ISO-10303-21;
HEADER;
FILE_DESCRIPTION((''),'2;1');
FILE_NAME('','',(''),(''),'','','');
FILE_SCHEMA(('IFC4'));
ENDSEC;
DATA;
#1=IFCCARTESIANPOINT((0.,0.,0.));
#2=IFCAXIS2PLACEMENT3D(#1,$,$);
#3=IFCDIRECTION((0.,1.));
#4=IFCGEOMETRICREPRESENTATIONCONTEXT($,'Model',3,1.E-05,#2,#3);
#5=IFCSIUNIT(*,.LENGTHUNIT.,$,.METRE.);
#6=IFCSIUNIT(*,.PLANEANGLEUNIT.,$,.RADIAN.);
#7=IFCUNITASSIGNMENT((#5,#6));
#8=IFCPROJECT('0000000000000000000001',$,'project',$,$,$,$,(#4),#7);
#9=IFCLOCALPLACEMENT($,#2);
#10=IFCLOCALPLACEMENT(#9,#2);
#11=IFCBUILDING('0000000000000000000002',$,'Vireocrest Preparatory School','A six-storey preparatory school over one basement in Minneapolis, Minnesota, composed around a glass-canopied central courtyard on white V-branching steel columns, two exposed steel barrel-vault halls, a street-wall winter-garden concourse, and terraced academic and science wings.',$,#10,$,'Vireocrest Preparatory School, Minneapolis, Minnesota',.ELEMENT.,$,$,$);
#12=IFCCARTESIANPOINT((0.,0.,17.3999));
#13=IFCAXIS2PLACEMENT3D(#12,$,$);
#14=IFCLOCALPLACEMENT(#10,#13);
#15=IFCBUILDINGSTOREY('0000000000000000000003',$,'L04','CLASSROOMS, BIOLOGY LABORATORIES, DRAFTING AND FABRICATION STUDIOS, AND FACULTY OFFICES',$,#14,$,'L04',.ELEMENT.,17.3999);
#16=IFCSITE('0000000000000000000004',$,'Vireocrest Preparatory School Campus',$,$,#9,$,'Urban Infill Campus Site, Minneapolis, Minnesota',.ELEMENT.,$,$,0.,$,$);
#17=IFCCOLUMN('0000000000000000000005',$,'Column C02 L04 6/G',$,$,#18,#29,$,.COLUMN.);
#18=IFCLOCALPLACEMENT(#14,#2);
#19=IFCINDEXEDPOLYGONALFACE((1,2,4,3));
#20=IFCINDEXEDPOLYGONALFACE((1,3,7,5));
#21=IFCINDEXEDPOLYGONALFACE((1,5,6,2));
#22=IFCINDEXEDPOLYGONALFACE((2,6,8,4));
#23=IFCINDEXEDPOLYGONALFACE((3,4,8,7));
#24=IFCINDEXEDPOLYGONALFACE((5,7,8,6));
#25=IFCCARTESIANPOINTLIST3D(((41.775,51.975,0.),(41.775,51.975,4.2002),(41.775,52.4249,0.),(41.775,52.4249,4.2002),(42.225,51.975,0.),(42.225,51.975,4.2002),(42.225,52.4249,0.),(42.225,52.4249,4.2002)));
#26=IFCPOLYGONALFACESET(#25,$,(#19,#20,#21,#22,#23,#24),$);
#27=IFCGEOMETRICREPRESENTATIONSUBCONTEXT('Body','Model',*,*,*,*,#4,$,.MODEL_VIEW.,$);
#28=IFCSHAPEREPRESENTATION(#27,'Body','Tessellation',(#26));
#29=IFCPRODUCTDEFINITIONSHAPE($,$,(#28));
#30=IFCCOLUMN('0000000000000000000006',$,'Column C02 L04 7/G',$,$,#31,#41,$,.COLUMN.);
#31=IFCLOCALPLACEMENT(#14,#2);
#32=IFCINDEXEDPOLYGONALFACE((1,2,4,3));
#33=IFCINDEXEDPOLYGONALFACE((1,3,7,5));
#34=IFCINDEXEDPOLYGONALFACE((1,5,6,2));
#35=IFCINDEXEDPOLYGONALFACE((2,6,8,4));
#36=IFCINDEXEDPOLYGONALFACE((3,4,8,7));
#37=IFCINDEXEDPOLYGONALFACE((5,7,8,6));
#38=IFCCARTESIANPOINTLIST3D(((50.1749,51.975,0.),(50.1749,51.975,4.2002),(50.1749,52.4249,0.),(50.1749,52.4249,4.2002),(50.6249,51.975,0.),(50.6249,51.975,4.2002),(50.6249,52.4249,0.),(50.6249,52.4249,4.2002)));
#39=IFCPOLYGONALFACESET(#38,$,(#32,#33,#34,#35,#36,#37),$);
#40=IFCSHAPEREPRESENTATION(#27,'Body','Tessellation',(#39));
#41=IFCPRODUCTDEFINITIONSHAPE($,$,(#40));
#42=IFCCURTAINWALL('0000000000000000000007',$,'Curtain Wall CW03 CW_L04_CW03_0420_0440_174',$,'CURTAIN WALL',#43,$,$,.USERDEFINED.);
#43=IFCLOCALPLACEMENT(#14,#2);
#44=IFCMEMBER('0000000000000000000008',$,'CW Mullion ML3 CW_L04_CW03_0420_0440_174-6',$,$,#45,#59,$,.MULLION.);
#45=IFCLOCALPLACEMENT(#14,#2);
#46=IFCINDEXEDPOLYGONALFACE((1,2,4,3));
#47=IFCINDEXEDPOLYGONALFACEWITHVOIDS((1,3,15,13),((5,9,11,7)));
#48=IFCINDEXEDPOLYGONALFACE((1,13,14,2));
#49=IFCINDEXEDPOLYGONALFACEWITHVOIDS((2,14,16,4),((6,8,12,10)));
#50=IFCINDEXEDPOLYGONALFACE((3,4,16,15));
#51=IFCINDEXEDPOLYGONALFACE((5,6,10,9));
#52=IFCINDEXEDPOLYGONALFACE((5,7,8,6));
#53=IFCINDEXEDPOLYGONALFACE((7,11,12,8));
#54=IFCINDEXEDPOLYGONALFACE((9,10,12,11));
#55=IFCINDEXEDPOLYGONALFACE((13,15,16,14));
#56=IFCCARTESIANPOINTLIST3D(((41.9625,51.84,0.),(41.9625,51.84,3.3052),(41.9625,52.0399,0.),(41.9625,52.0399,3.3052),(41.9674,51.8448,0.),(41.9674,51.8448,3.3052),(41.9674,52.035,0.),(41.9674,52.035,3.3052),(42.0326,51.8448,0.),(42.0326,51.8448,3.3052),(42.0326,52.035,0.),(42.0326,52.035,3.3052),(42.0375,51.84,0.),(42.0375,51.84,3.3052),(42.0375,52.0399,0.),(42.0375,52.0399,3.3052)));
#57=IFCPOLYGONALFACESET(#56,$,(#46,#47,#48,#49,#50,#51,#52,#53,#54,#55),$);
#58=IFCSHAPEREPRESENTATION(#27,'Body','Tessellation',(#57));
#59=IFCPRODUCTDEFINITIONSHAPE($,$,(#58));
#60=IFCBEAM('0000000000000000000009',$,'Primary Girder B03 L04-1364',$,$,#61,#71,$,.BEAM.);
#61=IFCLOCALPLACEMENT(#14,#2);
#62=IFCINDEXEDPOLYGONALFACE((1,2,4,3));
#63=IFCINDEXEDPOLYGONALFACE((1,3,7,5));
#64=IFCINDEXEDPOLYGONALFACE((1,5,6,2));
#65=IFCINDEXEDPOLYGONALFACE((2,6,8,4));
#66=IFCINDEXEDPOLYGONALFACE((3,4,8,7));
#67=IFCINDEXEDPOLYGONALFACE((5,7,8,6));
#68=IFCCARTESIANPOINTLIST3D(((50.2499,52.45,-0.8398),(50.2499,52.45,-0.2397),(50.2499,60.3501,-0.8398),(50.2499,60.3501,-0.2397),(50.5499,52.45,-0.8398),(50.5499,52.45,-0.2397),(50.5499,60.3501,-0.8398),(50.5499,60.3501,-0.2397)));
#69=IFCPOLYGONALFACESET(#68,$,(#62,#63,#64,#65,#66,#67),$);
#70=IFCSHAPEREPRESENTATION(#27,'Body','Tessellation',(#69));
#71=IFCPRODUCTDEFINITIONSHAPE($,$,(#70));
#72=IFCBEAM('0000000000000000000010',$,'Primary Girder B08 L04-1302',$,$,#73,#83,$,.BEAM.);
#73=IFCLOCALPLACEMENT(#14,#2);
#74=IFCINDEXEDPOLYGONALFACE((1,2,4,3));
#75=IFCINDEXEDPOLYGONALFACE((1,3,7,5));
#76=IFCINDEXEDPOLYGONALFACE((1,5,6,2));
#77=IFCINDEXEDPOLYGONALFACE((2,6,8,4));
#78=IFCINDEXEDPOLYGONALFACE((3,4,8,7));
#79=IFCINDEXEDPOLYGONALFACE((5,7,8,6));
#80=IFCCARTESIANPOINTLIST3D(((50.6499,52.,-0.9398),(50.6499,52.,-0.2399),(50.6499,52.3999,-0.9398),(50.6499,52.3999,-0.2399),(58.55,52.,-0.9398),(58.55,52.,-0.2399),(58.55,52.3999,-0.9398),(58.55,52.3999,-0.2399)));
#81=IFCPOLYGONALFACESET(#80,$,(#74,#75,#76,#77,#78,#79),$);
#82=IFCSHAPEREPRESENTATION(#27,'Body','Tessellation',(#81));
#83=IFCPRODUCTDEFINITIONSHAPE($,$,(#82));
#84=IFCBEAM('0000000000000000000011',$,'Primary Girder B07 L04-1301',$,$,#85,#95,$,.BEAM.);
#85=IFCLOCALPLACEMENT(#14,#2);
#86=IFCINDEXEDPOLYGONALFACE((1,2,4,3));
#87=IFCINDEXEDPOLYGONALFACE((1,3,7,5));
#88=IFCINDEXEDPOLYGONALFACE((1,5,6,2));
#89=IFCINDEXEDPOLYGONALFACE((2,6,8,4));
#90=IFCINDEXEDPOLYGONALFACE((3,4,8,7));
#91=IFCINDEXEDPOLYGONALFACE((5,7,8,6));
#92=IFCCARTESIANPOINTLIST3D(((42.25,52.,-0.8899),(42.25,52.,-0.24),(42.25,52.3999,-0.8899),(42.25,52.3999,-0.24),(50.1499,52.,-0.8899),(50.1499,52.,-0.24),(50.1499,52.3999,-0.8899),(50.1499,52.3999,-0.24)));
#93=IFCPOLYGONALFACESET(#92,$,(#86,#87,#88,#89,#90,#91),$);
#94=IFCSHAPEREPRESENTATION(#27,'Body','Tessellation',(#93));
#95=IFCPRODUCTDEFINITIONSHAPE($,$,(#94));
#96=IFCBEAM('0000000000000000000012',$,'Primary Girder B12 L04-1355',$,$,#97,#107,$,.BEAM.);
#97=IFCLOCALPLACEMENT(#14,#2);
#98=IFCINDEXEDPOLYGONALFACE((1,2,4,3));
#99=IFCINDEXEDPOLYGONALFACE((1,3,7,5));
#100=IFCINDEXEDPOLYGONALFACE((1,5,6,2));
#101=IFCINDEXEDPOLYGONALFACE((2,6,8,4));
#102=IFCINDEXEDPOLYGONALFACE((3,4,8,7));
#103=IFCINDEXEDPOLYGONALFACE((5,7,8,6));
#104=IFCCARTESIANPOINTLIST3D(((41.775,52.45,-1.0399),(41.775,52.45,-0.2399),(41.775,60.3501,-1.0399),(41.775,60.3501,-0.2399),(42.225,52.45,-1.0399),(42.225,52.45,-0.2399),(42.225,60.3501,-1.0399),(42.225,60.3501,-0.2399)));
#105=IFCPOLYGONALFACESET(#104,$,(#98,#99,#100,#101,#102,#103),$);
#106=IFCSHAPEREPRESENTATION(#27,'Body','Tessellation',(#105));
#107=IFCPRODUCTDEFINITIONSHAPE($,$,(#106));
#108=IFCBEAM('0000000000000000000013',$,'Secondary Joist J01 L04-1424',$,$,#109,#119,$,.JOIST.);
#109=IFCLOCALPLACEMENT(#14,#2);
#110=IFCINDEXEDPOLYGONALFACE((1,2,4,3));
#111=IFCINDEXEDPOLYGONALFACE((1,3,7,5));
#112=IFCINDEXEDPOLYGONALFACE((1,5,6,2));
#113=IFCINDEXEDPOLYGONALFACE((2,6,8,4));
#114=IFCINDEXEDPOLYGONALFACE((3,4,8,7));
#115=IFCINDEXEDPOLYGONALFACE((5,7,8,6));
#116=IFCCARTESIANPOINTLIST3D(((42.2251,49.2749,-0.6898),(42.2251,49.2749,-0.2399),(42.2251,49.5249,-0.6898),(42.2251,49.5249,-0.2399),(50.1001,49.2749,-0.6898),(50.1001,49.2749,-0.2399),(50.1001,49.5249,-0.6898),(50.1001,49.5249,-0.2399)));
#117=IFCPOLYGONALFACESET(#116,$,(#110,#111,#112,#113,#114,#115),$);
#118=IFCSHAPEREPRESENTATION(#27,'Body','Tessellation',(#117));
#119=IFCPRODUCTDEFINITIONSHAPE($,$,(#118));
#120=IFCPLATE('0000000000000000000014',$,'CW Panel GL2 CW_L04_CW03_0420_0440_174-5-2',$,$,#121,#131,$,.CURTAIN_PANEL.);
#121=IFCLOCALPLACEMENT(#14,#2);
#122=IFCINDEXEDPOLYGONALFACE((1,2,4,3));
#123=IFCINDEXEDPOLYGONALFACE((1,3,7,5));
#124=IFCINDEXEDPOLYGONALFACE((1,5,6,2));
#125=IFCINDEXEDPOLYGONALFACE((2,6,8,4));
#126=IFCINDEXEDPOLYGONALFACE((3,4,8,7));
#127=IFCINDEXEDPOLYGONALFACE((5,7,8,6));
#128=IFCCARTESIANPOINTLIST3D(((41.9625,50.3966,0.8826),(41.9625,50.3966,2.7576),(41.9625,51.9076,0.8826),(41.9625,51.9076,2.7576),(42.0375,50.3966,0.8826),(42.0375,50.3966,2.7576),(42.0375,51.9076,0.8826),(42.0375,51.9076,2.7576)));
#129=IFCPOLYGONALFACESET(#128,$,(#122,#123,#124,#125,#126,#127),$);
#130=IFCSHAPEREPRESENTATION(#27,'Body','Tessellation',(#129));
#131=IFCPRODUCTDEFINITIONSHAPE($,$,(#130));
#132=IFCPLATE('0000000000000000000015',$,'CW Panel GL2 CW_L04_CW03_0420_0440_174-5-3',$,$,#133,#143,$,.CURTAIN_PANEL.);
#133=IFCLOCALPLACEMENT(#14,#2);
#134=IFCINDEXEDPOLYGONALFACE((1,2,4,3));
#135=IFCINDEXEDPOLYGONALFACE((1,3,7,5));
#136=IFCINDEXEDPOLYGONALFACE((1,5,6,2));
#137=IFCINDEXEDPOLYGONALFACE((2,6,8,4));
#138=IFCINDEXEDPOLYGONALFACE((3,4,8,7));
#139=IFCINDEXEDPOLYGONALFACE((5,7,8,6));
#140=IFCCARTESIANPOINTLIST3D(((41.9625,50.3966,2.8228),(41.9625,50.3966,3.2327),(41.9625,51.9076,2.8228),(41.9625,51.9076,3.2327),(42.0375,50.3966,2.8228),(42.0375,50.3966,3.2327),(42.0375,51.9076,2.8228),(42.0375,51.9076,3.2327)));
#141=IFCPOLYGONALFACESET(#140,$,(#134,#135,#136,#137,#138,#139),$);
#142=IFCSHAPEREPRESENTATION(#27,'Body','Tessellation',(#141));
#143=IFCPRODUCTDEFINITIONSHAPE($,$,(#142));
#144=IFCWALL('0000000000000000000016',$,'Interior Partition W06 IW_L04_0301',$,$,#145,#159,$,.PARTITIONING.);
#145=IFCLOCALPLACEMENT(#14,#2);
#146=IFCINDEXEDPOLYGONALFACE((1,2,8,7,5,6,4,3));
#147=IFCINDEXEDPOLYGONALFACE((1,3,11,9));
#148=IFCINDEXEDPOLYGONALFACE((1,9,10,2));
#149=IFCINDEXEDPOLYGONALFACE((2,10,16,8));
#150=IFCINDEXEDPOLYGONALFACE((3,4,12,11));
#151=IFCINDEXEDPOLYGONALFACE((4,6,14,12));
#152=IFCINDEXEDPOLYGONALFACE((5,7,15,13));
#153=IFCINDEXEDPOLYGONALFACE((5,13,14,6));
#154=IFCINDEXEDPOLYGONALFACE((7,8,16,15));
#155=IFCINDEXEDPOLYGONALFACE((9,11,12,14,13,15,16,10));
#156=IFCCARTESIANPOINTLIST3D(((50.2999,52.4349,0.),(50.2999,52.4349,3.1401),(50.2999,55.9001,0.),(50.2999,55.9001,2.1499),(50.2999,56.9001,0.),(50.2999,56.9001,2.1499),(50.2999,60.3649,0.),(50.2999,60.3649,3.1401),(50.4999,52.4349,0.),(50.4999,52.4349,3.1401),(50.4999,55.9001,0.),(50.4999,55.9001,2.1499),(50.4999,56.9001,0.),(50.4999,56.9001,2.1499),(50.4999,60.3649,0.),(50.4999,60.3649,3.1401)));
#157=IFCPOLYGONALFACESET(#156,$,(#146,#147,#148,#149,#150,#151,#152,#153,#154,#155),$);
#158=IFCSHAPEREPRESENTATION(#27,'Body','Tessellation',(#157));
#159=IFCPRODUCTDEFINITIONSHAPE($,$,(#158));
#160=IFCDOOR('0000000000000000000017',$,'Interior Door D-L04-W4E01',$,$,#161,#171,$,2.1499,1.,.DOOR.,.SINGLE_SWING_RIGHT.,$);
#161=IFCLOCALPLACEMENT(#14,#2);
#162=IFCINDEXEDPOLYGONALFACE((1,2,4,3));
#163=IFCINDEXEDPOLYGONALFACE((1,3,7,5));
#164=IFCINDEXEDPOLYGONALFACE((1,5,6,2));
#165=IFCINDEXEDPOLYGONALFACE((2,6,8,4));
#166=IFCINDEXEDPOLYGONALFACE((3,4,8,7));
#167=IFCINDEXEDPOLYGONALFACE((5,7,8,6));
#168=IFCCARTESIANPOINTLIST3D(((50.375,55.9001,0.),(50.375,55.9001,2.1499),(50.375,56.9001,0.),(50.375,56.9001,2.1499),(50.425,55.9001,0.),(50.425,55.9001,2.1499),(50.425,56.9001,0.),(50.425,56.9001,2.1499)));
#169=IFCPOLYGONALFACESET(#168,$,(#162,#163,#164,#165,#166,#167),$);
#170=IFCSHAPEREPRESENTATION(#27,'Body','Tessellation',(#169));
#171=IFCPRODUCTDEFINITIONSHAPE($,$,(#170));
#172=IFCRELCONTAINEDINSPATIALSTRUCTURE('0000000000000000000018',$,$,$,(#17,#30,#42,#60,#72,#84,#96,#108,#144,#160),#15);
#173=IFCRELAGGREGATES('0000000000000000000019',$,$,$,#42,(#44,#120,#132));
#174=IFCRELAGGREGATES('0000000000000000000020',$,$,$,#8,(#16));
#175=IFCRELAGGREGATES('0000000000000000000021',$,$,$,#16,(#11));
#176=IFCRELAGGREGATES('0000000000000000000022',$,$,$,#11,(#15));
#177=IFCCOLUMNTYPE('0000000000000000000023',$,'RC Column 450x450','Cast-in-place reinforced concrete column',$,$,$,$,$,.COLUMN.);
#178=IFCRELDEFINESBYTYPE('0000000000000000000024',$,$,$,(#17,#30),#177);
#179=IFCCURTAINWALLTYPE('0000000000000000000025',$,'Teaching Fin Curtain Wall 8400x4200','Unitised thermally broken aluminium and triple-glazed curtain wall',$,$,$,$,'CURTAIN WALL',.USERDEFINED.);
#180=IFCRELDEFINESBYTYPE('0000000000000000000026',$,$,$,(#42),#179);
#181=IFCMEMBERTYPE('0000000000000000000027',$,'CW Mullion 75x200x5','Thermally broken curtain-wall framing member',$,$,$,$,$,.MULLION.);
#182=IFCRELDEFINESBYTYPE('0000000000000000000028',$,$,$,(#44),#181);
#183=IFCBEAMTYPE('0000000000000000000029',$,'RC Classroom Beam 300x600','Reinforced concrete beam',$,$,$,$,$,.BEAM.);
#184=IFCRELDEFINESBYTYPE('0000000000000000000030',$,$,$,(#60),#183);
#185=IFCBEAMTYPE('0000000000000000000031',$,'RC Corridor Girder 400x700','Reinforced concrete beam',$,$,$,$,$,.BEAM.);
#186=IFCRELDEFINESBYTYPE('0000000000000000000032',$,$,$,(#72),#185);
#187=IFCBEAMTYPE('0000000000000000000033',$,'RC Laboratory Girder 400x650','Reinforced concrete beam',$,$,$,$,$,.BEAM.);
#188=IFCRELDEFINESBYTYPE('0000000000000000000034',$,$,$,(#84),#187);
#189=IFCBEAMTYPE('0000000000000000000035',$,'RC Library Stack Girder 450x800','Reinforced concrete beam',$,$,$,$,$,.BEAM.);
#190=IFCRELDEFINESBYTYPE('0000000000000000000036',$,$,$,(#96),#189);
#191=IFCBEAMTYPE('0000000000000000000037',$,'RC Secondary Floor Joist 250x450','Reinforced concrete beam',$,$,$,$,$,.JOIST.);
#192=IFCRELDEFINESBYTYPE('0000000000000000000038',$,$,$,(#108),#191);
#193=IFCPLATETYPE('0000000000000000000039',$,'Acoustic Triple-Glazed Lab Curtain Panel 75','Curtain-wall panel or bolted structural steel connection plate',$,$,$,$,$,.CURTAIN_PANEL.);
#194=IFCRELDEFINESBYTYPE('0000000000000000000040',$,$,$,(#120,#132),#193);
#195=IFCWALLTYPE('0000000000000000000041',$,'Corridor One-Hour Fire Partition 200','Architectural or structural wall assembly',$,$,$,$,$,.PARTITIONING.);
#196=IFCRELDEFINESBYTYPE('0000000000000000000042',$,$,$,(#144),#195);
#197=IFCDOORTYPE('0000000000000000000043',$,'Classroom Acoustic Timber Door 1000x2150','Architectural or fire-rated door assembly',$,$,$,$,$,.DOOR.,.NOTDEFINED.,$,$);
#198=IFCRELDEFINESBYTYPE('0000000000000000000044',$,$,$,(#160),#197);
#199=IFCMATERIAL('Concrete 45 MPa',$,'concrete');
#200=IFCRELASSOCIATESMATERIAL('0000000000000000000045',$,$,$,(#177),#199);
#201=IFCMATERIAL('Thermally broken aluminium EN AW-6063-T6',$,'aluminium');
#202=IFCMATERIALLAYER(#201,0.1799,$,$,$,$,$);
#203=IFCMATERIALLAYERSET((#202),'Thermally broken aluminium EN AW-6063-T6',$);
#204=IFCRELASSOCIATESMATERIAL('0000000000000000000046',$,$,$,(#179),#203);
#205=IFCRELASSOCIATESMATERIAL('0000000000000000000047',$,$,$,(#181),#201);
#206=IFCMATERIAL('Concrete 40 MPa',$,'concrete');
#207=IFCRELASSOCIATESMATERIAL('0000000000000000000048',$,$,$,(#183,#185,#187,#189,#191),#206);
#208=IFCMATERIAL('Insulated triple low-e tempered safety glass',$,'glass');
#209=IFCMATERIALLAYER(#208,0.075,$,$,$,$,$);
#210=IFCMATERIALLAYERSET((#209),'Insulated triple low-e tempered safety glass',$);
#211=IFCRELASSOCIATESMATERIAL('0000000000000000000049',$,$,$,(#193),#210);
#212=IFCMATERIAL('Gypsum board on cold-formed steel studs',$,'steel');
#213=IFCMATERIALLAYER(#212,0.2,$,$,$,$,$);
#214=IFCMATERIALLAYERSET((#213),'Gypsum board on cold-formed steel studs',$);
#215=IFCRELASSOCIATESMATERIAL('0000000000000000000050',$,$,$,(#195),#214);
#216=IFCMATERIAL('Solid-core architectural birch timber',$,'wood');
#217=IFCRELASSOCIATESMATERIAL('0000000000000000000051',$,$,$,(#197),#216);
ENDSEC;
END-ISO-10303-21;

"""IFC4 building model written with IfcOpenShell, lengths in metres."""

from ifc_helpers import new_model, si_unit, direction, frame, frame_2d, origin, origin_2d, place, context, subcontext, project, spatial, rectangle, hollow_rectangle, extrude, material, layer, layer_set, material_profile, profile_set, type_object, element, fill, aggregate, save


model = new_model("IFC4")

# Units and contexts
model_context = context("Model", 3, precision=1e-05, world=origin(), true_north=direction((0.0, 1.0)))
body_context = subcontext(model_context, "Body", "Model", "MODEL_VIEW")
ifc_project = project(units=[si_unit("LENGTHUNIT", "METRE"), si_unit("PLANEANGLEUNIT", "RADIAN")], contexts=[model_context])

# Site, building, storey
site_placement = place(None, origin())
site = spatial("IfcSite", under=ifc_project, at=site_placement, Name="Vireocrest Preparatory School Campus", LongName="Urban Infill Campus Site, Minneapolis, Minnesota", CompositionType="ELEMENT", RefElevation=0.0)
building_placement = place(site_placement, origin())
building = spatial("IfcBuilding", under=site, at=building_placement, Name="Vireocrest Preparatory School", Description="A six-storey preparatory school over one basement in Minneapolis, Minnesota, composed around a glass-canopied central courtyard on white V-branching steel columns, two exposed steel barrel-vault halls, a street-wall winter-garden concourse, and terraced academic and science wings.", LongName="Vireocrest Preparatory School, Minneapolis, Minnesota", CompositionType="ELEMENT")
storey_placement = place(building_placement, frame((0.0, 0.0, 17.3999)))
storey = spatial("IfcBuildingStorey", under=building, at=storey_placement, Name="L04", Description="CLASSROOMS, BIOLOGY LABORATORIES, DRAFTING AND FABRICATION STUDIOS, AND FACULTY OFFICES", LongName="L04", CompositionType="ELEMENT", Elevation=17.3999)

# Columns
ifc_material_1 = material(Name="Concrete 45 MPa", Category="concrete")
ifc_material_profile_1 = material_profile(ifc_material_1, rectangle(XDim=0.45, YDim=0.45, at=origin_2d()), Name="RC 450x450")
ifc_profile_set_1 = profile_set([ifc_material_profile_1], Name="Concrete 45 MPa")
column_type = type_object("IfcColumnType", Name="RC Column 450x450", Description="Cast-in-place reinforced concrete column", PredefinedType="COLUMN", material=ifc_profile_set_1)
for number, where, z_axis, x_axis, name in (
    (1, (42.0, 52.2, 0.0), (0.0, 0.0, 1.0), (1.0, 0.0, 0.0), "Column C02 L04 6/G"),
    (2, (50.3999, 52.2, 0.0), (0.0, 0.0, 1.0), (1.0, 0.0, 0.0), "Column C02 L04 7/G"),
):
    element("IfcColumn", number, at=place(storey_placement, frame(where, z_axis=z_axis, x_axis=x_axis)), inside=storey, type_object=column_type, Name=name, PredefinedType="COLUMN", context=body_context, shape_type="SweptSolid", body=[
        extrude(rectangle(XDim=0.45, YDim=0.45, at=origin_2d()), origin(), (0.0, 0.0, 1.0), 4.2002),
    ])

# Curtain wall, member
ifc_material_2 = material(Name="Thermally broken aluminium EN AW-6063-T6", Category="aluminium")
ifc_layer_1 = layer(ifc_material_2, 0.1799)
ifc_layer_set_1 = layer_set([ifc_layer_1], Name="Thermally broken aluminium EN AW-6063-T6")
curtain_wall_type = type_object("IfcCurtainWallType", Name="Teaching Fin Curtain Wall 8400x4200", Description="Unitised thermally broken aluminium and triple-glazed curtain wall", ElementType="CURTAIN WALL", PredefinedType="USERDEFINED", material=ifc_layer_set_1)
curtain_wall_placement = place(storey_placement, origin())
curtain_wall = element("IfcCurtainWall", 3, at=curtain_wall_placement, inside=storey, type_object=curtain_wall_type, Name="Curtain Wall CW03 CW_L04_CW03_0420_0440_174", ObjectType="CURTAIN WALL", PredefinedType="USERDEFINED")
ifc_material_profile_2 = material_profile(ifc_material_2, hollow_rectangle(XDim=0.075, YDim=0.2, WallThickness=0.0049, at=origin_2d()), Name="ALU 75x200x5")
ifc_profile_set_2 = profile_set([ifc_material_profile_2], Name="Thermally broken aluminium EN AW-6063-T6")
member_type = type_object("IfcMemberType", Name="CW Mullion 75x200x5", Description="Thermally broken curtain-wall framing member", PredefinedType="MULLION", material=ifc_profile_set_2)
member_placement = place(storey_placement, frame((42.0, 51.9399, 0.0), z_axis=(0.0, 0.0, 1.0), x_axis=(1.0, 0.0, 0.0)))
member = element("IfcMember", 4, at=member_placement, type_object=member_type, Name="CW Mullion ML3 CW_L04_CW03_0420_0440_174-6", PredefinedType="MULLION", context=body_context, shape_type="SweptSolid", body=[
    extrude(hollow_rectangle(XDim=0.075, YDim=0.2, WallThickness=0.0049, at=origin_2d()), origin(), (0.0, 0.0, 1.0), 3.3052),
])

# Beams
ifc_material_3 = material(Name="Concrete 40 MPa", Category="concrete")
ifc_material_profile_3 = material_profile(ifc_material_3, rectangle(XDim=0.3, YDim=0.6001, at=origin_2d()), Name="RC 300x600")
ifc_profile_set_3 = profile_set([ifc_material_profile_3], Name="Concrete 40 MPa")
beam_type_1 = type_object("IfcBeamType", Name="RC Classroom Beam 300x600", Description="Reinforced concrete beam", PredefinedType="BEAM", material=ifc_profile_set_3)
beam_1_placement = place(storey_placement, frame((50.3999, 52.45, -0.5398), z_axis=(0.0, 1.0, 0.0), x_axis=(-1.0, 0.0, 0.0)))
element("IfcBeam", 5, at=beam_1_placement, inside=storey, type_object=beam_type_1, Name="Primary Girder B03 L04-1364", PredefinedType="BEAM", context=body_context, shape_type="SweptSolid", body=[
    extrude(rectangle(XDim=0.3, YDim=0.6001, at=origin_2d()), origin(), (0.0, 0.0, 1.0), 7.9001),
])
ifc_material_profile_4 = material_profile(ifc_material_3, rectangle(XDim=0.3999, YDim=0.7, at=origin_2d()), Name="RC 400x700")
ifc_profile_set_4 = profile_set([ifc_material_profile_4], Name="Concrete 40 MPa")
beam_type_2 = type_object("IfcBeamType", Name="RC Corridor Girder 400x700", Description="Reinforced concrete beam", PredefinedType="BEAM", material=ifc_profile_set_4)
beam_2_placement = place(storey_placement, frame((50.6499, 52.2, -0.5898), z_axis=(1.0, 0.0, 0.0), x_axis=(0.0, 1.0, 0.0)))
element("IfcBeam", 6, at=beam_2_placement, inside=storey, type_object=beam_type_2, Name="Primary Girder B08 L04-1302", PredefinedType="BEAM", context=body_context, shape_type="SweptSolid", body=[
    extrude(rectangle(XDim=0.3999, YDim=0.7, at=origin_2d()), origin(), (0.0, 0.0, 1.0), 7.9001),
])
ifc_material_profile_5 = material_profile(ifc_material_3, rectangle(XDim=0.3999, YDim=0.6499, at=origin_2d()), Name="RC 400x650")
ifc_profile_set_5 = profile_set([ifc_material_profile_5], Name="Concrete 40 MPa")
beam_type_3 = type_object("IfcBeamType", Name="RC Laboratory Girder 400x650", Description="Reinforced concrete beam", PredefinedType="BEAM", material=ifc_profile_set_5)
beam_3_placement = place(storey_placement, frame((42.25, 52.2, -0.5649), z_axis=(1.0, 0.0, 0.0), x_axis=(0.0, 1.0, 0.0)))
element("IfcBeam", 7, at=beam_3_placement, inside=storey, type_object=beam_type_3, Name="Primary Girder B07 L04-1301", PredefinedType="BEAM", context=body_context, shape_type="SweptSolid", body=[
    extrude(rectangle(XDim=0.3999, YDim=0.6499, at=origin_2d()), origin(), (0.0, 0.0, 1.0), 7.8999),
])
ifc_material_profile_6 = material_profile(ifc_material_3, rectangle(XDim=0.45, YDim=0.8, at=origin_2d()), Name="RC 450x800")
ifc_profile_set_6 = profile_set([ifc_material_profile_6], Name="Concrete 40 MPa")
beam_type_4 = type_object("IfcBeamType", Name="RC Library Stack Girder 450x800", Description="Reinforced concrete beam", PredefinedType="BEAM", material=ifc_profile_set_6)
beam_4_placement = place(storey_placement, frame((42.0, 52.45, -0.6399), z_axis=(0.0, 1.0, 0.0), x_axis=(-1.0, 0.0, 0.0)))
element("IfcBeam", 8, at=beam_4_placement, inside=storey, type_object=beam_type_4, Name="Primary Girder B12 L04-1355", PredefinedType="BEAM", context=body_context, shape_type="SweptSolid", body=[
    extrude(rectangle(XDim=0.45, YDim=0.8, at=origin_2d()), origin(), (0.0, 0.0, 1.0), 7.9001),
])
ifc_material_profile_7 = material_profile(ifc_material_3, rectangle(XDim=0.25, YDim=0.45, at=origin_2d()), Name="RC 250x450")
ifc_profile_set_7 = profile_set([ifc_material_profile_7], Name="Concrete 40 MPa")
beam_type_5 = type_object("IfcBeamType", Name="RC Secondary Floor Joist 250x450", Description="Reinforced concrete beam", PredefinedType="JOIST", material=ifc_profile_set_7)
beam_5_placement = place(storey_placement, frame((42.2251, 49.3999, -0.4648), z_axis=(1.0, 0.0, 0.0), x_axis=(0.0, 1.0, 0.0)))
element("IfcBeam", 9, at=beam_5_placement, inside=storey, type_object=beam_type_5, Name="Secondary Joist J01 L04-1424", PredefinedType="JOIST", context=body_context, shape_type="SweptSolid", body=[
    extrude(rectangle(XDim=0.25, YDim=0.45, at=origin_2d()), origin(), (0.0, 0.0, 1.0), 7.875),
])

# Plates
ifc_material_4 = material(Name="Insulated triple low-e tempered safety glass", Category="glass")
ifc_layer_2 = layer(ifc_material_4, 0.075)
ifc_layer_set_2 = layer_set([ifc_layer_2], Name="Insulated triple low-e tempered safety glass")
plate_type = type_object("IfcPlateType", Name="Acoustic Triple-Glazed Lab Curtain Panel 75", Description="Curtain-wall panel or bolted structural steel connection plate", PredefinedType="CURTAIN_PANEL", material=ifc_layer_set_2)
plate_1_placement = place(storey_placement, frame((42.0, 51.1521, 0.8826), z_axis=(0.0, 0.0, 1.0), x_axis=(0.0, 1.0, 0.0)))
plate_1 = element("IfcPlate", 10, at=plate_1_placement, type_object=plate_type, Name="CW Panel GL2 CW_L04_CW03_0420_0440_174-5-2", PredefinedType="CURTAIN_PANEL", context=body_context, shape_type="SweptSolid", body=[
    extrude(rectangle(XDim=1.511, YDim=0.075, at=origin_2d()), origin(), (0.0, 0.0, 1.0), 1.875),
])
plate_2_placement = place(storey_placement, frame((42.0, 51.1521, 2.8228), z_axis=(0.0, 0.0, 1.0), x_axis=(0.0, 1.0, 0.0)))
plate_2 = element("IfcPlate", 11, at=plate_2_placement, type_object=plate_type, Name="CW Panel GL2 CW_L04_CW03_0420_0440_174-5-3", PredefinedType="CURTAIN_PANEL", context=body_context, shape_type="SweptSolid", body=[
    extrude(rectangle(XDim=1.511, YDim=0.075, at=origin_2d()), origin(), (0.0, 0.0, 1.0), 0.4099),
])
aggregate(curtain_wall, [member, plate_1, plate_2])

# Wall, opening, door
ifc_material_5 = material(Name="Gypsum board on cold-formed steel studs", Category="steel")
ifc_layer_3 = layer(ifc_material_5, 0.2)
ifc_layer_set_3 = layer_set([ifc_layer_3], Name="Gypsum board on cold-formed steel studs")
wall_type_1 = type_object("IfcWallType", Name="Corridor One-Hour Fire Partition 200", Description="Architectural or structural wall assembly", PredefinedType="PARTITIONING", material=ifc_layer_set_3)
wall_1_placement = place(storey_placement, frame((50.3999, 52.4351, 0.0), z_axis=(0.0, 0.0, 1.0), x_axis=(0.0, 1.0, 0.0)))
wall_1 = element("IfcWall", 12, at=wall_1_placement, inside=storey, type_object=wall_type_1, Name="Interior Partition W06 IW_L04_0301", PredefinedType="PARTITIONING", context=body_context, shape_type="SweptSolid", body=[
    extrude(rectangle(XDim=7.9299, YDim=0.2, at=frame_2d((3.9648, 0.0))), origin(), (0.0, 0.0, 1.0), 3.1401),
])
opening_1_placement = place(wall_1_placement, frame((3.4651, 0.0, 0.0)))
opening_1 = element("IfcOpeningElement", 13, at=opening_1_placement, cuts=wall_1, PredefinedType="OPENING", context=body_context, shape_type="SweptSolid", body=[
    extrude(rectangle(XDim=1.0, YDim=2.1499, at=frame_2d((0.5, 1.075))), frame((0.0, 0.1099, 0.0), z_axis=(0.0, -1.0, 0.0), x_axis=(1.0, 0.0, 0.0)), (0.0, 0.0, 1.0), 0.22),
])
ifc_material_6 = material(Name="Solid-core architectural birch timber", Category="wood")
door_type_1 = type_object("IfcDoorType", Name="Classroom Acoustic Timber Door 1000x2150", Description="Architectural or fire-rated door assembly", OperationType="NOTDEFINED", PredefinedType="DOOR", material=ifc_material_6)
door_1_placement = place(opening_1_placement, origin())
door_1 = element("IfcDoor", 14, at=door_1_placement, inside=storey, type_object=door_type_1, Name="Interior Door D-L04-W4E01", OperationType="SINGLE_SWING_RIGHT", OverallHeight=2.1499, OverallWidth=1.0, PredefinedType="DOOR", context=body_context, shape_type="SweptSolid", body=[
    extrude(rectangle(XDim=1.0, YDim=2.1499, at=frame_2d((0.5, 1.075))), frame((0.0, 0.0249, 0.0), z_axis=(0.0, -1.0, 0.0), x_axis=(1.0, 0.0, 0.0)), (0.0, 0.0, 1.0), 0.05),
])
fill(opening_1, door_1)

save(model, "model.ifc")
